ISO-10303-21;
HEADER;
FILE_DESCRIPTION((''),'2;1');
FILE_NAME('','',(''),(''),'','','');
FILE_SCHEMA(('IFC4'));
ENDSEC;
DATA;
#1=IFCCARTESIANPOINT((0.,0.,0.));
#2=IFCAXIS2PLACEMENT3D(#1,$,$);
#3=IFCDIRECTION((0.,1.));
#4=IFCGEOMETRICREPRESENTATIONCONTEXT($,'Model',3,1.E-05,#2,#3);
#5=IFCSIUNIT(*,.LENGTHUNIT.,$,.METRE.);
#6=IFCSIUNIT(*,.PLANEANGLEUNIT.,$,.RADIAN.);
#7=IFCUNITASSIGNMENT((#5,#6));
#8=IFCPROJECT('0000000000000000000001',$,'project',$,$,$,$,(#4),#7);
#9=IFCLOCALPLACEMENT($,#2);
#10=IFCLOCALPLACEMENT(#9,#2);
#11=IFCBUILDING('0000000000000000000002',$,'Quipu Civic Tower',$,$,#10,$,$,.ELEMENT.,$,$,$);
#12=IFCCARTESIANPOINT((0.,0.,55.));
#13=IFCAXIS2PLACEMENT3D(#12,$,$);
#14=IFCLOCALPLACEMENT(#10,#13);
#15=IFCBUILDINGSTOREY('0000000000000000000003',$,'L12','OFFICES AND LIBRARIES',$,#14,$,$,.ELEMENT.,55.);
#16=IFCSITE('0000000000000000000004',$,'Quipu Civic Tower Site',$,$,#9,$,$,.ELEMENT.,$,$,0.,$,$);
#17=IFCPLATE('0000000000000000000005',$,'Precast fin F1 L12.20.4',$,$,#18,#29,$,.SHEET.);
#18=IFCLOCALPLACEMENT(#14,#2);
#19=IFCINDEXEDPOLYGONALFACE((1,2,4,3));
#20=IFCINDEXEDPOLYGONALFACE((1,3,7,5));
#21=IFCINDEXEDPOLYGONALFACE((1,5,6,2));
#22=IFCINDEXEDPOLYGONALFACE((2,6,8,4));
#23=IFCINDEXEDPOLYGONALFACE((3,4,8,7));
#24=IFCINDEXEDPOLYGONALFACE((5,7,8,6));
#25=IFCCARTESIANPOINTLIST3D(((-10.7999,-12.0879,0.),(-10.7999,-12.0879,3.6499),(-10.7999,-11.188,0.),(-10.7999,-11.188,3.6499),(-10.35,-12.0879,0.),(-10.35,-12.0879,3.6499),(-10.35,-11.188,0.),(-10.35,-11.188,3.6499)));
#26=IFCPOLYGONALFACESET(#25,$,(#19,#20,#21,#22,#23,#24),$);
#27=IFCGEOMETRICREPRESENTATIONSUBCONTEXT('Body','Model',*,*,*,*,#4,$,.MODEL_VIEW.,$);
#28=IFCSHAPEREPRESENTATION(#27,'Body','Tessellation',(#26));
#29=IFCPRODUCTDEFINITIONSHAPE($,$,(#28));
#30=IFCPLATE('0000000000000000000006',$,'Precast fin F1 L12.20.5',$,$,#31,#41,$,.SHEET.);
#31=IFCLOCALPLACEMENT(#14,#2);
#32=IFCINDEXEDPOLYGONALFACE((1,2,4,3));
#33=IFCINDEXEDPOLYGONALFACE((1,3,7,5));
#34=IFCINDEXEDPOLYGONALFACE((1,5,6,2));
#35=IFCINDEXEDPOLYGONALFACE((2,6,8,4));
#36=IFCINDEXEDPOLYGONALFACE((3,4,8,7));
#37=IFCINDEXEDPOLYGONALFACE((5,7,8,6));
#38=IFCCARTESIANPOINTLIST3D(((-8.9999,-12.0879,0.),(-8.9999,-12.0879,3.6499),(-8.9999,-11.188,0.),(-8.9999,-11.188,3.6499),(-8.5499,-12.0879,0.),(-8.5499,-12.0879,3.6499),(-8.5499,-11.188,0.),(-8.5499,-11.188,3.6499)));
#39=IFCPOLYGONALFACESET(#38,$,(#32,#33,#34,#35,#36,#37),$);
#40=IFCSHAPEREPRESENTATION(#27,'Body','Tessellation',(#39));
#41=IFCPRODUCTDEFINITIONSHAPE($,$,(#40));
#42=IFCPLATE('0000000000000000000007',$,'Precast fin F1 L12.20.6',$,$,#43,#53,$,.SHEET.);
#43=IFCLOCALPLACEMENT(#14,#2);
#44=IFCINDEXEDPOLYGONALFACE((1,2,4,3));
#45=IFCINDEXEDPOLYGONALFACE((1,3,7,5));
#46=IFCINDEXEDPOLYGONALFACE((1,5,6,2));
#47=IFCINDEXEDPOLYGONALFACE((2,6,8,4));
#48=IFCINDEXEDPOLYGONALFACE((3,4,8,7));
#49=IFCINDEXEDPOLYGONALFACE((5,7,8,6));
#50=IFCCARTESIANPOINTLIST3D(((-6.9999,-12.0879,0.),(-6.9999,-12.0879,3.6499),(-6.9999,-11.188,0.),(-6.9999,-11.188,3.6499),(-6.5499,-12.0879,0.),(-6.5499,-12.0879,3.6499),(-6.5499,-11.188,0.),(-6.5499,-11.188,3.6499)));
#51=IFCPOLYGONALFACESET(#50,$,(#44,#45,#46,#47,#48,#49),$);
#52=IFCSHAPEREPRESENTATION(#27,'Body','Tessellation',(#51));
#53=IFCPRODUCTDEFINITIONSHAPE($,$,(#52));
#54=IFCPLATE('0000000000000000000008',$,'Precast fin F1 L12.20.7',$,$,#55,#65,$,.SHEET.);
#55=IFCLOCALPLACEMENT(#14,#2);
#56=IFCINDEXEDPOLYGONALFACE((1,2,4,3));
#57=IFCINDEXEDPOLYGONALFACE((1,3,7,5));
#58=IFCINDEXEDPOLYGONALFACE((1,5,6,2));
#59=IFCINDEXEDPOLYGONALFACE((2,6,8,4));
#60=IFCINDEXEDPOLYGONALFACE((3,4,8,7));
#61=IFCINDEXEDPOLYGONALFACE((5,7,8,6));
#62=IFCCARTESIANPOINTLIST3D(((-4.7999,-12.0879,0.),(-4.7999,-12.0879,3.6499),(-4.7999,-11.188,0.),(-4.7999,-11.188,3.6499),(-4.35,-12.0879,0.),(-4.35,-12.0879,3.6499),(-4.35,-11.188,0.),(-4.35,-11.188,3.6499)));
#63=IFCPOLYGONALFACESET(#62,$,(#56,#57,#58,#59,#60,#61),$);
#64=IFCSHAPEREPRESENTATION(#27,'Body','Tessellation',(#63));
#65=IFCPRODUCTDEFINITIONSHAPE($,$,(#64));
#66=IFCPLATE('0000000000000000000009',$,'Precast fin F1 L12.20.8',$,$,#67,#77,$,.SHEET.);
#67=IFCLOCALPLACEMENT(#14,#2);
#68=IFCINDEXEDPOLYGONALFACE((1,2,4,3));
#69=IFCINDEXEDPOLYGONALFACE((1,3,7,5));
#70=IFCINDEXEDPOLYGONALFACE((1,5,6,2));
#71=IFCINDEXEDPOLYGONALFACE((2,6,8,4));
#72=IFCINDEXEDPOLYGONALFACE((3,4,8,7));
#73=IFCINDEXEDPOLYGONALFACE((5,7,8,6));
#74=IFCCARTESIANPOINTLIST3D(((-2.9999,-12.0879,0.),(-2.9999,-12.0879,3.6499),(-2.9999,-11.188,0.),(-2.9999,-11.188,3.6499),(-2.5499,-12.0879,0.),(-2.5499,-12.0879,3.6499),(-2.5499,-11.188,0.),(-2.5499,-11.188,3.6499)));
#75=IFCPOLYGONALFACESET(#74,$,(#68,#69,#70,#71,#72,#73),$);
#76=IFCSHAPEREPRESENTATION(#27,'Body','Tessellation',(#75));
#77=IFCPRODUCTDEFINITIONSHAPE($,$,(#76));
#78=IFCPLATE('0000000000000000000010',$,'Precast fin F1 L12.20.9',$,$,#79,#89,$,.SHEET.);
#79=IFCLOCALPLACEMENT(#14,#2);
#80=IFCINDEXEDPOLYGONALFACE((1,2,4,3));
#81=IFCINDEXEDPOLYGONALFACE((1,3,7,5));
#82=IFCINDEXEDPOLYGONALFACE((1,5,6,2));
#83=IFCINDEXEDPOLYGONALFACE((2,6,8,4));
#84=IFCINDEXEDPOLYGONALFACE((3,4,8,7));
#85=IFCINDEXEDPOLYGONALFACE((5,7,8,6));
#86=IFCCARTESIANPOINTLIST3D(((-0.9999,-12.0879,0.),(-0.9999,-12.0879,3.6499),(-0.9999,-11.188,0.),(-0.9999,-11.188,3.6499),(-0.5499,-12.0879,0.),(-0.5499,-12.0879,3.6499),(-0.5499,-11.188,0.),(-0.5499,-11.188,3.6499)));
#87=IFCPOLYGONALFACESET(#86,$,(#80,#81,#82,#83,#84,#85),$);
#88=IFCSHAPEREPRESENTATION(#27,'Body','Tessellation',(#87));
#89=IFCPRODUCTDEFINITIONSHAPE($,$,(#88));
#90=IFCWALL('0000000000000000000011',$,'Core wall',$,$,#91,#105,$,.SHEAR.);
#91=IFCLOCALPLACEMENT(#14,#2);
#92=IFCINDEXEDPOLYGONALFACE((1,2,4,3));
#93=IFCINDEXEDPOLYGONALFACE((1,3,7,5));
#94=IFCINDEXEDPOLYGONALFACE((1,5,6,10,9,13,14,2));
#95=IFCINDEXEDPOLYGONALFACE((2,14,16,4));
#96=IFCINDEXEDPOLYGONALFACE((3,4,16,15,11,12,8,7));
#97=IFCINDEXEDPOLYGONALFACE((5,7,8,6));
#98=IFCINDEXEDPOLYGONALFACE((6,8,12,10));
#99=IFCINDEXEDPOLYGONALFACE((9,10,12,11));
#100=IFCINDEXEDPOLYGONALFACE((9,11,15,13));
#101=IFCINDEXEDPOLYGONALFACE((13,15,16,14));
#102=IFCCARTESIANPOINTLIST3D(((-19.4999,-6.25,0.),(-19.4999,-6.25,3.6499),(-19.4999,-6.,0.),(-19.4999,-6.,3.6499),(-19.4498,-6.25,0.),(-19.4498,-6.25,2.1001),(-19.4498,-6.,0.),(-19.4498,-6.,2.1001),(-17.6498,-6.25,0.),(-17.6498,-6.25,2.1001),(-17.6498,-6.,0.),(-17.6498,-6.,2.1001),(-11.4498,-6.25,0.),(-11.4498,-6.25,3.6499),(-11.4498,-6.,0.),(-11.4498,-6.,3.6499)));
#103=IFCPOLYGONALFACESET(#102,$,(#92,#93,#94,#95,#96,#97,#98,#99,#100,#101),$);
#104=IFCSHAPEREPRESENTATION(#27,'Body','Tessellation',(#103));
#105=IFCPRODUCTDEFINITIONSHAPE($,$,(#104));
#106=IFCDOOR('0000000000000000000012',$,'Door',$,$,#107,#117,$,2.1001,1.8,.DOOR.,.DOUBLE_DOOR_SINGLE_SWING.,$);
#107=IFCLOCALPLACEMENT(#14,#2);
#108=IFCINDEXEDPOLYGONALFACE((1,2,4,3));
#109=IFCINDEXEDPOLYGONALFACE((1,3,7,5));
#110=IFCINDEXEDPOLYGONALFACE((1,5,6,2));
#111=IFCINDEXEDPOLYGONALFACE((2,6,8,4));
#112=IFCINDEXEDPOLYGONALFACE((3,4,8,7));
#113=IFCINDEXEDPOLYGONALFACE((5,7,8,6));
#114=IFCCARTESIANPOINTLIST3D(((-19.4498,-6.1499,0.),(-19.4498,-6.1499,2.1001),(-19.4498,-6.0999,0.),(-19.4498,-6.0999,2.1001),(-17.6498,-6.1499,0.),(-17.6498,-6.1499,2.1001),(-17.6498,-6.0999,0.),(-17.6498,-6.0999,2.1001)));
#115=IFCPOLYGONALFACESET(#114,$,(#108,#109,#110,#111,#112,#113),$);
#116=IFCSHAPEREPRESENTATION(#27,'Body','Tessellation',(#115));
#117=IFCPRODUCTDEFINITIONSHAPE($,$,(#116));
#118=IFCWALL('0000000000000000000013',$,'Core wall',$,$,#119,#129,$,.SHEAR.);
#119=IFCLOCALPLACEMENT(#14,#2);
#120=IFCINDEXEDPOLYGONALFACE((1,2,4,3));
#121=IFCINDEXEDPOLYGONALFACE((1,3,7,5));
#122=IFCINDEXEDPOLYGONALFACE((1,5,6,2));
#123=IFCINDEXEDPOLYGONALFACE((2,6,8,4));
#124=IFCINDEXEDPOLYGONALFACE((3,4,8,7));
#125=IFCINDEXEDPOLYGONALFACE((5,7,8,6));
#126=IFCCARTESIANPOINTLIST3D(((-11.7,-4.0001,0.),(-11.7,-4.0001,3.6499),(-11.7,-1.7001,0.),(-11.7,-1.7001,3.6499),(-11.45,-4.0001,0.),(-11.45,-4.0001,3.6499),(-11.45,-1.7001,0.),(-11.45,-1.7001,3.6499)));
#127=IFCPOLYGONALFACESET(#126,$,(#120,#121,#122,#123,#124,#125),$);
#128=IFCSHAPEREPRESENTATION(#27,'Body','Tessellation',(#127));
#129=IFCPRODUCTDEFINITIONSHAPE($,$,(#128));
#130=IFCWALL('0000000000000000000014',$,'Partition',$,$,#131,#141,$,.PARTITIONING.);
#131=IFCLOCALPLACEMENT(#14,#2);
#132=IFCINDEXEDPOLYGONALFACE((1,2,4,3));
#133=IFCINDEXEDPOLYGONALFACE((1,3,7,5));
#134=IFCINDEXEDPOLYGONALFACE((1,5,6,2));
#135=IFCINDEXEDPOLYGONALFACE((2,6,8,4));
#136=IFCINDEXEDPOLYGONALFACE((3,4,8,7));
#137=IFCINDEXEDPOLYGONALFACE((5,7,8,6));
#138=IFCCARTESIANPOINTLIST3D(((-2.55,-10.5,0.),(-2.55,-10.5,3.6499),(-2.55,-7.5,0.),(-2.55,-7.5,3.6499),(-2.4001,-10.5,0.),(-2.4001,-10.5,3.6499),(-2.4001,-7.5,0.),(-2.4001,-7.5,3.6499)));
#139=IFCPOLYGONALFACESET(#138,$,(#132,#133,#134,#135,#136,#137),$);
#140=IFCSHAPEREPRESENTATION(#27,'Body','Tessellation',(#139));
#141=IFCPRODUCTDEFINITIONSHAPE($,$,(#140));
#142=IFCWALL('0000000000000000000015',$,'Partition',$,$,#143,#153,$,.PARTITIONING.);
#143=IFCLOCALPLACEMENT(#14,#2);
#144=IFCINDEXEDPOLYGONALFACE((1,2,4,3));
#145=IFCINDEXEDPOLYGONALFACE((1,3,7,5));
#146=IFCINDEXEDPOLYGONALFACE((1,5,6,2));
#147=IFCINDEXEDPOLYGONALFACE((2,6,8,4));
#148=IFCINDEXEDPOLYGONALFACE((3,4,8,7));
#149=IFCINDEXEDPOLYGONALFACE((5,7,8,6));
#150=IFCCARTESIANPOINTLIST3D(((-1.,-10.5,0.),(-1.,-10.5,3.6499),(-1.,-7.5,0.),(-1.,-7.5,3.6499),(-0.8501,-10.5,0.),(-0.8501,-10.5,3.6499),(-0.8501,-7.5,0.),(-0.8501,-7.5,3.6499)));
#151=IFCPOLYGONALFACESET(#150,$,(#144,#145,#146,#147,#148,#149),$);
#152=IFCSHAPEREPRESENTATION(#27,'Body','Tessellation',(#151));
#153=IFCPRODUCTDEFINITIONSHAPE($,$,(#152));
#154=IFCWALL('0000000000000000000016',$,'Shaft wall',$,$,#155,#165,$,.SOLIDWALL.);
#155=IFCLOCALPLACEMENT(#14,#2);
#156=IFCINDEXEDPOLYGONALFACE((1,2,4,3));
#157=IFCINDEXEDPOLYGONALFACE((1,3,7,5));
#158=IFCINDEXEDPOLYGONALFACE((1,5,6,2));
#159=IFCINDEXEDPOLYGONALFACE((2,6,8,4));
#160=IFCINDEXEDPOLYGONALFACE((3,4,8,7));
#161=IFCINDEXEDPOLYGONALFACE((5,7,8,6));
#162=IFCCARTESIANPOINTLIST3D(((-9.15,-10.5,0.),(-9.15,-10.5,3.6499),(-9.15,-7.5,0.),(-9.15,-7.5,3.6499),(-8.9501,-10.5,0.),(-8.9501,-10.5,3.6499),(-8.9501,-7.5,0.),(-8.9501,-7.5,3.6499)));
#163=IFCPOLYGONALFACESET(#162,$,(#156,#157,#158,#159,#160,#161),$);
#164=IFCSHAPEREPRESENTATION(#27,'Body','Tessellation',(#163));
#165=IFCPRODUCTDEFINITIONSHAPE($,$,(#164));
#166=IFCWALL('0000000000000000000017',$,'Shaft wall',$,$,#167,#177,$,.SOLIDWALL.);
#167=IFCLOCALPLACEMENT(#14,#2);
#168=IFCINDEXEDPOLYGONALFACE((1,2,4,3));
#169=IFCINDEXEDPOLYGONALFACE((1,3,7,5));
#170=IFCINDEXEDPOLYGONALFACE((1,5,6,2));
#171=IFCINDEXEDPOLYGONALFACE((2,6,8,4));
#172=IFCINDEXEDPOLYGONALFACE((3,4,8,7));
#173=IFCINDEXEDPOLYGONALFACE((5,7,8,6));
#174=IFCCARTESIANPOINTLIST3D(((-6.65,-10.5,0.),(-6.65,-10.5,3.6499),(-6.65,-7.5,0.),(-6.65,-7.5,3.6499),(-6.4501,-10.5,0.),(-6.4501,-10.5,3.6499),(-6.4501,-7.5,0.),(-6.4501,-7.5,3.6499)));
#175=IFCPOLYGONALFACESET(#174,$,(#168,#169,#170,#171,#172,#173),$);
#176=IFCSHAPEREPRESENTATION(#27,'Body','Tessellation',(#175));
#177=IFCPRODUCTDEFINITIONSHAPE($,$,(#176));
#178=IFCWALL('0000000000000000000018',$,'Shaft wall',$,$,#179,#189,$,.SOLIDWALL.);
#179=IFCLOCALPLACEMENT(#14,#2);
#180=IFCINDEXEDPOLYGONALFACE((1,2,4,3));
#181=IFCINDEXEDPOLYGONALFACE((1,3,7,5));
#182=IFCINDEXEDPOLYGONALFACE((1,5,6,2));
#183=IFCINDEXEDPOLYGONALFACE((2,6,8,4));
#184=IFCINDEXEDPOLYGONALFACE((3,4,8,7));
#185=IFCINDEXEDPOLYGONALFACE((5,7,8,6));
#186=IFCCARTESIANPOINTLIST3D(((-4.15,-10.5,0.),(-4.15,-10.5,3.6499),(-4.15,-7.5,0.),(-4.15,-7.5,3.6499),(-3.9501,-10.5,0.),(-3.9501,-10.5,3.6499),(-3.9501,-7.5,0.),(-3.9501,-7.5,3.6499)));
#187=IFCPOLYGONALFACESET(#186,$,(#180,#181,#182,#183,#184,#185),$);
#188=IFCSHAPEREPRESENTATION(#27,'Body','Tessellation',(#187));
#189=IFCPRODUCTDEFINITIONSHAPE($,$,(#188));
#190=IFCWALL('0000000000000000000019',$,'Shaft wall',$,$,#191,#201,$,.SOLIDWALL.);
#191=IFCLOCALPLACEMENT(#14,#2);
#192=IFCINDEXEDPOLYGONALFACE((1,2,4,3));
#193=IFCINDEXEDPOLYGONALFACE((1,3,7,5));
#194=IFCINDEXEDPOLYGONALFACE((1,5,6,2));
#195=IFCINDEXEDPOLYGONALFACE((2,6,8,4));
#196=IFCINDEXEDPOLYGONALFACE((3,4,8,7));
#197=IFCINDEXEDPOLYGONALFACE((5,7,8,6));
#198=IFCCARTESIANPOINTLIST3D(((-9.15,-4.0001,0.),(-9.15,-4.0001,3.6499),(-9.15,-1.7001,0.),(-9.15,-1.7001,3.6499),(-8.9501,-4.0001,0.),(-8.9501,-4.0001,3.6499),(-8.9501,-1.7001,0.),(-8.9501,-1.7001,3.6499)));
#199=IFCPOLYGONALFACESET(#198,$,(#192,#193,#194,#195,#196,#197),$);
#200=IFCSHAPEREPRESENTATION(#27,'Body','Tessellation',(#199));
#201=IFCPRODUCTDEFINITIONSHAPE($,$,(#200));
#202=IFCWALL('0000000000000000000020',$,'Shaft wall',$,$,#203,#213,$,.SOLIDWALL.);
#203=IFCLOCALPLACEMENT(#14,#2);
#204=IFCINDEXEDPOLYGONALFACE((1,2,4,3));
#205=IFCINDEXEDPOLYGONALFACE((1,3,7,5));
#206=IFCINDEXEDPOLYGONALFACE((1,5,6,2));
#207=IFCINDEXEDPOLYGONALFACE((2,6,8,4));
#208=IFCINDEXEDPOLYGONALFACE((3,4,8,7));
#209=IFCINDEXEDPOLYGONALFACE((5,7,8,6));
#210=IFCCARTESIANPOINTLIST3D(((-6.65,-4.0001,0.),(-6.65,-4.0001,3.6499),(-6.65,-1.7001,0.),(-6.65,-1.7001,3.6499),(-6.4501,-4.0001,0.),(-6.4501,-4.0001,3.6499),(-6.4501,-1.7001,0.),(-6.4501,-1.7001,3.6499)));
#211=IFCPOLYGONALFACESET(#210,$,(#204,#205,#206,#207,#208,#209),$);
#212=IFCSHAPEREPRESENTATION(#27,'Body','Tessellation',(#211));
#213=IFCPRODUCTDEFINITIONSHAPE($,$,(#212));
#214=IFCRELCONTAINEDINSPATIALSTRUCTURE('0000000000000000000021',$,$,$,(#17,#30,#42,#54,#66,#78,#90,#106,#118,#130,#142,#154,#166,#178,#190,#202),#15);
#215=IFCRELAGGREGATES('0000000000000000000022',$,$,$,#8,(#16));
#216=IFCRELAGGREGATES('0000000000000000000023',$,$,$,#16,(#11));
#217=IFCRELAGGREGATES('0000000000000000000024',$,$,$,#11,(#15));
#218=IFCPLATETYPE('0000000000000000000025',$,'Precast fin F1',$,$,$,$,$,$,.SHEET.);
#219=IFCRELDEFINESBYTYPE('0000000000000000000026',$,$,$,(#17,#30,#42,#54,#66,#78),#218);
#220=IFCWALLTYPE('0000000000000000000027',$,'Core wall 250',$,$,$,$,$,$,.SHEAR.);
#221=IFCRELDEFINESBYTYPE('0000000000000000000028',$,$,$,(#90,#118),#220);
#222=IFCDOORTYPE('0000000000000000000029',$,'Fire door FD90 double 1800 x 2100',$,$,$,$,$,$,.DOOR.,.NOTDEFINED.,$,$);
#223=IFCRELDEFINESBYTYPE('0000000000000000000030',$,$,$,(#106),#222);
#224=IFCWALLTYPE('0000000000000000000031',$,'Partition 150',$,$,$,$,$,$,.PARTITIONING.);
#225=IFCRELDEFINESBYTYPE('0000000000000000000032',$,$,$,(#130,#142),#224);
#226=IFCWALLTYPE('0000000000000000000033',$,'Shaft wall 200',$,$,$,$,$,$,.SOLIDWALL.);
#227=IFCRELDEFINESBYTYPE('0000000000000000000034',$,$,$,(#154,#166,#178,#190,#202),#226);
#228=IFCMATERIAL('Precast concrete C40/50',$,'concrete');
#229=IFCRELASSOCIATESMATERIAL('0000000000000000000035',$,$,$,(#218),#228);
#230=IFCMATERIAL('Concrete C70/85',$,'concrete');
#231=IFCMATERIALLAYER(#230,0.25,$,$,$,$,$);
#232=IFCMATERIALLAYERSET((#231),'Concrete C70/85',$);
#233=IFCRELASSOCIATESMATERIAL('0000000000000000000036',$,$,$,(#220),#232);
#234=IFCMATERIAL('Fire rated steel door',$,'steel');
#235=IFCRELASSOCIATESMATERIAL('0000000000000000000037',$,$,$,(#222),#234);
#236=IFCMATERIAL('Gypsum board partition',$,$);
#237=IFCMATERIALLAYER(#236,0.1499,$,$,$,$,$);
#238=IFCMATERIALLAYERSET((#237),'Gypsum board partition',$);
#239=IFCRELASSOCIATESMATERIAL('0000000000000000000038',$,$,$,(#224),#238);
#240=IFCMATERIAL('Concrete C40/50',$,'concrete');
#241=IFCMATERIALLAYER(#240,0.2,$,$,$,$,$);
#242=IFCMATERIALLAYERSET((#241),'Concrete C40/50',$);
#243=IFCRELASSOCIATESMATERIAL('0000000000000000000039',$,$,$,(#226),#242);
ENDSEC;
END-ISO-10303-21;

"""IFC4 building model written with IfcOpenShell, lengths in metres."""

from ifc_helpers import new_model, si_unit, direction, frame, frame_2d, origin, origin_2d, place, context, subcontext, project, spatial, rectangle, extrude, material, layer, layer_set, type_object, element, fill, save


model = new_model("IFC4")

# Units and contexts
model_context = context("Model", 3, precision=1e-05, world=origin(), true_north=direction((0.0, 1.0)))
body_context = subcontext(model_context, "Body", "Model", "MODEL_VIEW")
ifc_project = project(units=[si_unit("LENGTHUNIT", "METRE"), si_unit("PLANEANGLEUNIT", "RADIAN")], contexts=[model_context])

# Site, building, storey
site_placement = place(None, origin())
site = spatial("IfcSite", under=ifc_project, at=site_placement, Name="Quipu Civic Tower Site", CompositionType="ELEMENT", RefElevation=0.0)
building_placement = place(site_placement, origin())
building = spatial("IfcBuilding", under=site, at=building_placement, Name="Quipu Civic Tower", CompositionType="ELEMENT")
storey_placement = place(building_placement, frame((0.0, 0.0, 55.0)))
storey = spatial("IfcBuildingStorey", under=building, at=storey_placement, Name="L12", Description="OFFICES AND LIBRARIES", CompositionType="ELEMENT", Elevation=55.0)

# Plates
ifc_material_1 = material(Name="Precast concrete C40/50", Category="concrete")
plate_type = type_object("IfcPlateType", Name="Precast fin F1", PredefinedType="SHEET", material=ifc_material_1)
for number, where, z_axis, x_axis, name in (
    (1, (-10.575, -11.6379, 0.0), (0.0, 0.0, 1.0), (1.0, 0.0, 0.0), "Precast fin F1 L12.20.4"),
    (2, (-8.7749, -11.6379, 0.0), (0.0, 0.0, 1.0), (1.0, 0.0, 0.0), "Precast fin F1 L12.20.5"),
    (3, (-6.7749, -11.6379, 0.0), (0.0, 0.0, 1.0), (1.0, 0.0, 0.0), "Precast fin F1 L12.20.6"),
    (4, (-4.575, -11.6379, 0.0), (0.0, 0.0, 1.0), (1.0, 0.0, 0.0), "Precast fin F1 L12.20.7"),
    (5, (-2.7749, -11.6379, 0.0), (0.0, 0.0, 1.0), (1.0, 0.0, 0.0), "Precast fin F1 L12.20.8"),
    (6, (-0.7749, -11.6379, 0.0), (0.0, 0.0, 1.0), (1.0, 0.0, 0.0), "Precast fin F1 L12.20.9"),
):
    element("IfcPlate", number, at=place(storey_placement, frame(where, z_axis=z_axis, x_axis=x_axis)), inside=storey, type_object=plate_type, Name=name, PredefinedType="SHEET", context=body_context, shape_type="SweptSolid", body=[
        extrude(rectangle(XDim=0.45, YDim=0.8999, at=origin_2d()), origin(), (0.0, 0.0, 1.0), 3.6499),
    ])

# Wall, opening, door
ifc_material_2 = material(Name="Concrete C70/85", Category="concrete")
ifc_layer_1 = layer(ifc_material_2, 0.25)
ifc_layer_set_1 = layer_set([ifc_layer_1], Name="Concrete C70/85")
wall_type_1 = type_object("IfcWallType", Name="Core wall 250", PredefinedType="SHEAR", material=ifc_layer_set_1)
wall_1_placement = place(storey_placement, frame((-11.45, -6.125, 0.0), z_axis=(0.0, 0.0, 1.0), x_axis=(-1.0, 0.0, 0.0)))
wall_1 = element("IfcWall", 7, at=wall_1_placement, inside=storey, type_object=wall_type_1, Name="Core wall", PredefinedType="SHEAR", context=body_context, shape_type="SweptSolid", body=[
    extrude(rectangle(XDim=8.05, YDim=0.25, at=frame_2d((4.0249, 0.0))), origin(), (0.0, 0.0, 1.0), 3.6499),
])
opening_placement = place(wall_1_placement, frame((6.2, 0.0, 0.0)))
opening = element("IfcOpeningElement", 8, at=opening_placement, cuts=wall_1, PredefinedType="OPENING", context=body_context, shape_type="SweptSolid", body=[
    extrude(rectangle(XDim=1.8, YDim=2.1001, at=frame_2d((0.8999, 1.05))), frame((0.0, 0.135, 0.0), z_axis=(0.0, -1.0, 0.0), x_axis=(1.0, 0.0, 0.0)), (0.0, 0.0, 1.0), 0.27),
])
ifc_material_3 = material(Name="Fire rated steel door", Category="steel")
door_type = type_object("IfcDoorType", Name="Fire door FD90 double 1800 x 2100", OperationType="NOTDEFINED", PredefinedType="DOOR", material=ifc_material_3)
door_placement = place(opening_placement, origin())
door = element("IfcDoor", 9, at=door_placement, inside=storey, type_object=door_type, Name="Door", OperationType="DOUBLE_DOOR_SINGLE_SWING", OverallHeight=2.1001, OverallWidth=1.8, PredefinedType="DOOR", context=body_context, shape_type="SweptSolid", body=[
    extrude(rectangle(XDim=1.8, YDim=2.1001, at=frame_2d((0.8999, 1.05))), frame((0.0, 0.0249, 0.0), z_axis=(0.0, -1.0, 0.0), x_axis=(1.0, 0.0, 0.0)), (0.0, 0.0, 1.0), 0.05),
])
fill(opening, door)

# Walls
wall_2_placement = place(storey_placement, frame((-11.575, -4.0, 0.0), z_axis=(0.0, 0.0, 1.0), x_axis=(0.0, 1.0, 0.0)))
element("IfcWall", 10, at=wall_2_placement, inside=storey, type_object=wall_type_1, Name="Core wall", PredefinedType="SHEAR", context=body_context, shape_type="SweptSolid", body=[
    extrude(rectangle(XDim=2.3, YDim=0.25, at=frame_2d((1.1499, 0.0))), origin(), (0.0, 0.0, 1.0), 3.6499),
])
ifc_material_4 = material(Name="Gypsum board partition")
ifc_layer_2 = layer(ifc_material_4, 0.1499)
ifc_layer_set_2 = layer_set([ifc_layer_2], Name="Gypsum board partition")
wall_type_2 = type_object("IfcWallType", Name="Partition 150", PredefinedType="PARTITIONING", material=ifc_layer_set_2)
for number, where, z_axis, x_axis, name in (
    (11, (-2.4751, -10.5, 0.0), (0.0, 0.0, 1.0), (0.0, 1.0, 0.0), "Partition"),
    (12, (-0.925, -10.5, 0.0), (0.0, 0.0, 1.0), (0.0, 1.0, 0.0), "Partition"),
):
    element("IfcWall", number, at=place(storey_placement, frame(where, z_axis=z_axis, x_axis=x_axis)), inside=storey, type_object=wall_type_2, Name=name, PredefinedType="PARTITIONING", context=body_context, shape_type="SweptSolid", body=[
        extrude(rectangle(XDim=3.0, YDim=0.1499, at=frame_2d((1.5, 0.0))), origin(), (0.0, 0.0, 1.0), 3.6499),
    ])
ifc_material_5 = material(Name="Concrete C40/50", Category="concrete")
ifc_layer_3 = layer(ifc_material_5, 0.2)
ifc_layer_set_3 = layer_set([ifc_layer_3], Name="Concrete C40/50")
wall_type_3 = type_object("IfcWallType", Name="Shaft wall 200", PredefinedType="SOLIDWALL", material=ifc_layer_set_3)
for number, where, z_axis, x_axis, name in (
    (13, (-9.05, -10.5, 0.0), (0.0, 0.0, 1.0), (0.0, 1.0, 0.0), "Shaft wall"),
    (14, (-6.55, -10.5, 0.0), (0.0, 0.0, 1.0), (0.0, 1.0, 0.0), "Shaft wall"),
    (15, (-4.05, -10.5, 0.0), (0.0, 0.0, 1.0), (0.0, 1.0, 0.0), "Shaft wall"),
):
    element("IfcWall", number, at=place(storey_placement, frame(where, z_axis=z_axis, x_axis=x_axis)), inside=storey, type_object=wall_type_3, Name=name, PredefinedType="SOLIDWALL", context=body_context, shape_type="SweptSolid", body=[
        extrude(rectangle(XDim=3.0, YDim=0.2, at=frame_2d((1.5, 0.0))), origin(), (0.0, 0.0, 1.0), 3.6499),
    ])
for number, where, z_axis, x_axis, name in (
    (16, (-9.05, -4.0, 0.0), (0.0, 0.0, 1.0), (0.0, 1.0, 0.0), "Shaft wall"),
    (17, (-6.55, -4.0, 0.0), (0.0, 0.0, 1.0), (0.0, 1.0, 0.0), "Shaft wall"),
):
    element("IfcWall", number, at=place(storey_placement, frame(where, z_axis=z_axis, x_axis=x_axis)), inside=storey, type_object=wall_type_3, Name=name, PredefinedType="SOLIDWALL", context=body_context, shape_type="SweptSolid", body=[
        extrude(rectangle(XDim=2.3, YDim=0.2, at=frame_2d((1.1499, 0.0))), origin(), (0.0, 0.0, 1.0), 3.6499),
    ])

save(model, "model.ifc")
